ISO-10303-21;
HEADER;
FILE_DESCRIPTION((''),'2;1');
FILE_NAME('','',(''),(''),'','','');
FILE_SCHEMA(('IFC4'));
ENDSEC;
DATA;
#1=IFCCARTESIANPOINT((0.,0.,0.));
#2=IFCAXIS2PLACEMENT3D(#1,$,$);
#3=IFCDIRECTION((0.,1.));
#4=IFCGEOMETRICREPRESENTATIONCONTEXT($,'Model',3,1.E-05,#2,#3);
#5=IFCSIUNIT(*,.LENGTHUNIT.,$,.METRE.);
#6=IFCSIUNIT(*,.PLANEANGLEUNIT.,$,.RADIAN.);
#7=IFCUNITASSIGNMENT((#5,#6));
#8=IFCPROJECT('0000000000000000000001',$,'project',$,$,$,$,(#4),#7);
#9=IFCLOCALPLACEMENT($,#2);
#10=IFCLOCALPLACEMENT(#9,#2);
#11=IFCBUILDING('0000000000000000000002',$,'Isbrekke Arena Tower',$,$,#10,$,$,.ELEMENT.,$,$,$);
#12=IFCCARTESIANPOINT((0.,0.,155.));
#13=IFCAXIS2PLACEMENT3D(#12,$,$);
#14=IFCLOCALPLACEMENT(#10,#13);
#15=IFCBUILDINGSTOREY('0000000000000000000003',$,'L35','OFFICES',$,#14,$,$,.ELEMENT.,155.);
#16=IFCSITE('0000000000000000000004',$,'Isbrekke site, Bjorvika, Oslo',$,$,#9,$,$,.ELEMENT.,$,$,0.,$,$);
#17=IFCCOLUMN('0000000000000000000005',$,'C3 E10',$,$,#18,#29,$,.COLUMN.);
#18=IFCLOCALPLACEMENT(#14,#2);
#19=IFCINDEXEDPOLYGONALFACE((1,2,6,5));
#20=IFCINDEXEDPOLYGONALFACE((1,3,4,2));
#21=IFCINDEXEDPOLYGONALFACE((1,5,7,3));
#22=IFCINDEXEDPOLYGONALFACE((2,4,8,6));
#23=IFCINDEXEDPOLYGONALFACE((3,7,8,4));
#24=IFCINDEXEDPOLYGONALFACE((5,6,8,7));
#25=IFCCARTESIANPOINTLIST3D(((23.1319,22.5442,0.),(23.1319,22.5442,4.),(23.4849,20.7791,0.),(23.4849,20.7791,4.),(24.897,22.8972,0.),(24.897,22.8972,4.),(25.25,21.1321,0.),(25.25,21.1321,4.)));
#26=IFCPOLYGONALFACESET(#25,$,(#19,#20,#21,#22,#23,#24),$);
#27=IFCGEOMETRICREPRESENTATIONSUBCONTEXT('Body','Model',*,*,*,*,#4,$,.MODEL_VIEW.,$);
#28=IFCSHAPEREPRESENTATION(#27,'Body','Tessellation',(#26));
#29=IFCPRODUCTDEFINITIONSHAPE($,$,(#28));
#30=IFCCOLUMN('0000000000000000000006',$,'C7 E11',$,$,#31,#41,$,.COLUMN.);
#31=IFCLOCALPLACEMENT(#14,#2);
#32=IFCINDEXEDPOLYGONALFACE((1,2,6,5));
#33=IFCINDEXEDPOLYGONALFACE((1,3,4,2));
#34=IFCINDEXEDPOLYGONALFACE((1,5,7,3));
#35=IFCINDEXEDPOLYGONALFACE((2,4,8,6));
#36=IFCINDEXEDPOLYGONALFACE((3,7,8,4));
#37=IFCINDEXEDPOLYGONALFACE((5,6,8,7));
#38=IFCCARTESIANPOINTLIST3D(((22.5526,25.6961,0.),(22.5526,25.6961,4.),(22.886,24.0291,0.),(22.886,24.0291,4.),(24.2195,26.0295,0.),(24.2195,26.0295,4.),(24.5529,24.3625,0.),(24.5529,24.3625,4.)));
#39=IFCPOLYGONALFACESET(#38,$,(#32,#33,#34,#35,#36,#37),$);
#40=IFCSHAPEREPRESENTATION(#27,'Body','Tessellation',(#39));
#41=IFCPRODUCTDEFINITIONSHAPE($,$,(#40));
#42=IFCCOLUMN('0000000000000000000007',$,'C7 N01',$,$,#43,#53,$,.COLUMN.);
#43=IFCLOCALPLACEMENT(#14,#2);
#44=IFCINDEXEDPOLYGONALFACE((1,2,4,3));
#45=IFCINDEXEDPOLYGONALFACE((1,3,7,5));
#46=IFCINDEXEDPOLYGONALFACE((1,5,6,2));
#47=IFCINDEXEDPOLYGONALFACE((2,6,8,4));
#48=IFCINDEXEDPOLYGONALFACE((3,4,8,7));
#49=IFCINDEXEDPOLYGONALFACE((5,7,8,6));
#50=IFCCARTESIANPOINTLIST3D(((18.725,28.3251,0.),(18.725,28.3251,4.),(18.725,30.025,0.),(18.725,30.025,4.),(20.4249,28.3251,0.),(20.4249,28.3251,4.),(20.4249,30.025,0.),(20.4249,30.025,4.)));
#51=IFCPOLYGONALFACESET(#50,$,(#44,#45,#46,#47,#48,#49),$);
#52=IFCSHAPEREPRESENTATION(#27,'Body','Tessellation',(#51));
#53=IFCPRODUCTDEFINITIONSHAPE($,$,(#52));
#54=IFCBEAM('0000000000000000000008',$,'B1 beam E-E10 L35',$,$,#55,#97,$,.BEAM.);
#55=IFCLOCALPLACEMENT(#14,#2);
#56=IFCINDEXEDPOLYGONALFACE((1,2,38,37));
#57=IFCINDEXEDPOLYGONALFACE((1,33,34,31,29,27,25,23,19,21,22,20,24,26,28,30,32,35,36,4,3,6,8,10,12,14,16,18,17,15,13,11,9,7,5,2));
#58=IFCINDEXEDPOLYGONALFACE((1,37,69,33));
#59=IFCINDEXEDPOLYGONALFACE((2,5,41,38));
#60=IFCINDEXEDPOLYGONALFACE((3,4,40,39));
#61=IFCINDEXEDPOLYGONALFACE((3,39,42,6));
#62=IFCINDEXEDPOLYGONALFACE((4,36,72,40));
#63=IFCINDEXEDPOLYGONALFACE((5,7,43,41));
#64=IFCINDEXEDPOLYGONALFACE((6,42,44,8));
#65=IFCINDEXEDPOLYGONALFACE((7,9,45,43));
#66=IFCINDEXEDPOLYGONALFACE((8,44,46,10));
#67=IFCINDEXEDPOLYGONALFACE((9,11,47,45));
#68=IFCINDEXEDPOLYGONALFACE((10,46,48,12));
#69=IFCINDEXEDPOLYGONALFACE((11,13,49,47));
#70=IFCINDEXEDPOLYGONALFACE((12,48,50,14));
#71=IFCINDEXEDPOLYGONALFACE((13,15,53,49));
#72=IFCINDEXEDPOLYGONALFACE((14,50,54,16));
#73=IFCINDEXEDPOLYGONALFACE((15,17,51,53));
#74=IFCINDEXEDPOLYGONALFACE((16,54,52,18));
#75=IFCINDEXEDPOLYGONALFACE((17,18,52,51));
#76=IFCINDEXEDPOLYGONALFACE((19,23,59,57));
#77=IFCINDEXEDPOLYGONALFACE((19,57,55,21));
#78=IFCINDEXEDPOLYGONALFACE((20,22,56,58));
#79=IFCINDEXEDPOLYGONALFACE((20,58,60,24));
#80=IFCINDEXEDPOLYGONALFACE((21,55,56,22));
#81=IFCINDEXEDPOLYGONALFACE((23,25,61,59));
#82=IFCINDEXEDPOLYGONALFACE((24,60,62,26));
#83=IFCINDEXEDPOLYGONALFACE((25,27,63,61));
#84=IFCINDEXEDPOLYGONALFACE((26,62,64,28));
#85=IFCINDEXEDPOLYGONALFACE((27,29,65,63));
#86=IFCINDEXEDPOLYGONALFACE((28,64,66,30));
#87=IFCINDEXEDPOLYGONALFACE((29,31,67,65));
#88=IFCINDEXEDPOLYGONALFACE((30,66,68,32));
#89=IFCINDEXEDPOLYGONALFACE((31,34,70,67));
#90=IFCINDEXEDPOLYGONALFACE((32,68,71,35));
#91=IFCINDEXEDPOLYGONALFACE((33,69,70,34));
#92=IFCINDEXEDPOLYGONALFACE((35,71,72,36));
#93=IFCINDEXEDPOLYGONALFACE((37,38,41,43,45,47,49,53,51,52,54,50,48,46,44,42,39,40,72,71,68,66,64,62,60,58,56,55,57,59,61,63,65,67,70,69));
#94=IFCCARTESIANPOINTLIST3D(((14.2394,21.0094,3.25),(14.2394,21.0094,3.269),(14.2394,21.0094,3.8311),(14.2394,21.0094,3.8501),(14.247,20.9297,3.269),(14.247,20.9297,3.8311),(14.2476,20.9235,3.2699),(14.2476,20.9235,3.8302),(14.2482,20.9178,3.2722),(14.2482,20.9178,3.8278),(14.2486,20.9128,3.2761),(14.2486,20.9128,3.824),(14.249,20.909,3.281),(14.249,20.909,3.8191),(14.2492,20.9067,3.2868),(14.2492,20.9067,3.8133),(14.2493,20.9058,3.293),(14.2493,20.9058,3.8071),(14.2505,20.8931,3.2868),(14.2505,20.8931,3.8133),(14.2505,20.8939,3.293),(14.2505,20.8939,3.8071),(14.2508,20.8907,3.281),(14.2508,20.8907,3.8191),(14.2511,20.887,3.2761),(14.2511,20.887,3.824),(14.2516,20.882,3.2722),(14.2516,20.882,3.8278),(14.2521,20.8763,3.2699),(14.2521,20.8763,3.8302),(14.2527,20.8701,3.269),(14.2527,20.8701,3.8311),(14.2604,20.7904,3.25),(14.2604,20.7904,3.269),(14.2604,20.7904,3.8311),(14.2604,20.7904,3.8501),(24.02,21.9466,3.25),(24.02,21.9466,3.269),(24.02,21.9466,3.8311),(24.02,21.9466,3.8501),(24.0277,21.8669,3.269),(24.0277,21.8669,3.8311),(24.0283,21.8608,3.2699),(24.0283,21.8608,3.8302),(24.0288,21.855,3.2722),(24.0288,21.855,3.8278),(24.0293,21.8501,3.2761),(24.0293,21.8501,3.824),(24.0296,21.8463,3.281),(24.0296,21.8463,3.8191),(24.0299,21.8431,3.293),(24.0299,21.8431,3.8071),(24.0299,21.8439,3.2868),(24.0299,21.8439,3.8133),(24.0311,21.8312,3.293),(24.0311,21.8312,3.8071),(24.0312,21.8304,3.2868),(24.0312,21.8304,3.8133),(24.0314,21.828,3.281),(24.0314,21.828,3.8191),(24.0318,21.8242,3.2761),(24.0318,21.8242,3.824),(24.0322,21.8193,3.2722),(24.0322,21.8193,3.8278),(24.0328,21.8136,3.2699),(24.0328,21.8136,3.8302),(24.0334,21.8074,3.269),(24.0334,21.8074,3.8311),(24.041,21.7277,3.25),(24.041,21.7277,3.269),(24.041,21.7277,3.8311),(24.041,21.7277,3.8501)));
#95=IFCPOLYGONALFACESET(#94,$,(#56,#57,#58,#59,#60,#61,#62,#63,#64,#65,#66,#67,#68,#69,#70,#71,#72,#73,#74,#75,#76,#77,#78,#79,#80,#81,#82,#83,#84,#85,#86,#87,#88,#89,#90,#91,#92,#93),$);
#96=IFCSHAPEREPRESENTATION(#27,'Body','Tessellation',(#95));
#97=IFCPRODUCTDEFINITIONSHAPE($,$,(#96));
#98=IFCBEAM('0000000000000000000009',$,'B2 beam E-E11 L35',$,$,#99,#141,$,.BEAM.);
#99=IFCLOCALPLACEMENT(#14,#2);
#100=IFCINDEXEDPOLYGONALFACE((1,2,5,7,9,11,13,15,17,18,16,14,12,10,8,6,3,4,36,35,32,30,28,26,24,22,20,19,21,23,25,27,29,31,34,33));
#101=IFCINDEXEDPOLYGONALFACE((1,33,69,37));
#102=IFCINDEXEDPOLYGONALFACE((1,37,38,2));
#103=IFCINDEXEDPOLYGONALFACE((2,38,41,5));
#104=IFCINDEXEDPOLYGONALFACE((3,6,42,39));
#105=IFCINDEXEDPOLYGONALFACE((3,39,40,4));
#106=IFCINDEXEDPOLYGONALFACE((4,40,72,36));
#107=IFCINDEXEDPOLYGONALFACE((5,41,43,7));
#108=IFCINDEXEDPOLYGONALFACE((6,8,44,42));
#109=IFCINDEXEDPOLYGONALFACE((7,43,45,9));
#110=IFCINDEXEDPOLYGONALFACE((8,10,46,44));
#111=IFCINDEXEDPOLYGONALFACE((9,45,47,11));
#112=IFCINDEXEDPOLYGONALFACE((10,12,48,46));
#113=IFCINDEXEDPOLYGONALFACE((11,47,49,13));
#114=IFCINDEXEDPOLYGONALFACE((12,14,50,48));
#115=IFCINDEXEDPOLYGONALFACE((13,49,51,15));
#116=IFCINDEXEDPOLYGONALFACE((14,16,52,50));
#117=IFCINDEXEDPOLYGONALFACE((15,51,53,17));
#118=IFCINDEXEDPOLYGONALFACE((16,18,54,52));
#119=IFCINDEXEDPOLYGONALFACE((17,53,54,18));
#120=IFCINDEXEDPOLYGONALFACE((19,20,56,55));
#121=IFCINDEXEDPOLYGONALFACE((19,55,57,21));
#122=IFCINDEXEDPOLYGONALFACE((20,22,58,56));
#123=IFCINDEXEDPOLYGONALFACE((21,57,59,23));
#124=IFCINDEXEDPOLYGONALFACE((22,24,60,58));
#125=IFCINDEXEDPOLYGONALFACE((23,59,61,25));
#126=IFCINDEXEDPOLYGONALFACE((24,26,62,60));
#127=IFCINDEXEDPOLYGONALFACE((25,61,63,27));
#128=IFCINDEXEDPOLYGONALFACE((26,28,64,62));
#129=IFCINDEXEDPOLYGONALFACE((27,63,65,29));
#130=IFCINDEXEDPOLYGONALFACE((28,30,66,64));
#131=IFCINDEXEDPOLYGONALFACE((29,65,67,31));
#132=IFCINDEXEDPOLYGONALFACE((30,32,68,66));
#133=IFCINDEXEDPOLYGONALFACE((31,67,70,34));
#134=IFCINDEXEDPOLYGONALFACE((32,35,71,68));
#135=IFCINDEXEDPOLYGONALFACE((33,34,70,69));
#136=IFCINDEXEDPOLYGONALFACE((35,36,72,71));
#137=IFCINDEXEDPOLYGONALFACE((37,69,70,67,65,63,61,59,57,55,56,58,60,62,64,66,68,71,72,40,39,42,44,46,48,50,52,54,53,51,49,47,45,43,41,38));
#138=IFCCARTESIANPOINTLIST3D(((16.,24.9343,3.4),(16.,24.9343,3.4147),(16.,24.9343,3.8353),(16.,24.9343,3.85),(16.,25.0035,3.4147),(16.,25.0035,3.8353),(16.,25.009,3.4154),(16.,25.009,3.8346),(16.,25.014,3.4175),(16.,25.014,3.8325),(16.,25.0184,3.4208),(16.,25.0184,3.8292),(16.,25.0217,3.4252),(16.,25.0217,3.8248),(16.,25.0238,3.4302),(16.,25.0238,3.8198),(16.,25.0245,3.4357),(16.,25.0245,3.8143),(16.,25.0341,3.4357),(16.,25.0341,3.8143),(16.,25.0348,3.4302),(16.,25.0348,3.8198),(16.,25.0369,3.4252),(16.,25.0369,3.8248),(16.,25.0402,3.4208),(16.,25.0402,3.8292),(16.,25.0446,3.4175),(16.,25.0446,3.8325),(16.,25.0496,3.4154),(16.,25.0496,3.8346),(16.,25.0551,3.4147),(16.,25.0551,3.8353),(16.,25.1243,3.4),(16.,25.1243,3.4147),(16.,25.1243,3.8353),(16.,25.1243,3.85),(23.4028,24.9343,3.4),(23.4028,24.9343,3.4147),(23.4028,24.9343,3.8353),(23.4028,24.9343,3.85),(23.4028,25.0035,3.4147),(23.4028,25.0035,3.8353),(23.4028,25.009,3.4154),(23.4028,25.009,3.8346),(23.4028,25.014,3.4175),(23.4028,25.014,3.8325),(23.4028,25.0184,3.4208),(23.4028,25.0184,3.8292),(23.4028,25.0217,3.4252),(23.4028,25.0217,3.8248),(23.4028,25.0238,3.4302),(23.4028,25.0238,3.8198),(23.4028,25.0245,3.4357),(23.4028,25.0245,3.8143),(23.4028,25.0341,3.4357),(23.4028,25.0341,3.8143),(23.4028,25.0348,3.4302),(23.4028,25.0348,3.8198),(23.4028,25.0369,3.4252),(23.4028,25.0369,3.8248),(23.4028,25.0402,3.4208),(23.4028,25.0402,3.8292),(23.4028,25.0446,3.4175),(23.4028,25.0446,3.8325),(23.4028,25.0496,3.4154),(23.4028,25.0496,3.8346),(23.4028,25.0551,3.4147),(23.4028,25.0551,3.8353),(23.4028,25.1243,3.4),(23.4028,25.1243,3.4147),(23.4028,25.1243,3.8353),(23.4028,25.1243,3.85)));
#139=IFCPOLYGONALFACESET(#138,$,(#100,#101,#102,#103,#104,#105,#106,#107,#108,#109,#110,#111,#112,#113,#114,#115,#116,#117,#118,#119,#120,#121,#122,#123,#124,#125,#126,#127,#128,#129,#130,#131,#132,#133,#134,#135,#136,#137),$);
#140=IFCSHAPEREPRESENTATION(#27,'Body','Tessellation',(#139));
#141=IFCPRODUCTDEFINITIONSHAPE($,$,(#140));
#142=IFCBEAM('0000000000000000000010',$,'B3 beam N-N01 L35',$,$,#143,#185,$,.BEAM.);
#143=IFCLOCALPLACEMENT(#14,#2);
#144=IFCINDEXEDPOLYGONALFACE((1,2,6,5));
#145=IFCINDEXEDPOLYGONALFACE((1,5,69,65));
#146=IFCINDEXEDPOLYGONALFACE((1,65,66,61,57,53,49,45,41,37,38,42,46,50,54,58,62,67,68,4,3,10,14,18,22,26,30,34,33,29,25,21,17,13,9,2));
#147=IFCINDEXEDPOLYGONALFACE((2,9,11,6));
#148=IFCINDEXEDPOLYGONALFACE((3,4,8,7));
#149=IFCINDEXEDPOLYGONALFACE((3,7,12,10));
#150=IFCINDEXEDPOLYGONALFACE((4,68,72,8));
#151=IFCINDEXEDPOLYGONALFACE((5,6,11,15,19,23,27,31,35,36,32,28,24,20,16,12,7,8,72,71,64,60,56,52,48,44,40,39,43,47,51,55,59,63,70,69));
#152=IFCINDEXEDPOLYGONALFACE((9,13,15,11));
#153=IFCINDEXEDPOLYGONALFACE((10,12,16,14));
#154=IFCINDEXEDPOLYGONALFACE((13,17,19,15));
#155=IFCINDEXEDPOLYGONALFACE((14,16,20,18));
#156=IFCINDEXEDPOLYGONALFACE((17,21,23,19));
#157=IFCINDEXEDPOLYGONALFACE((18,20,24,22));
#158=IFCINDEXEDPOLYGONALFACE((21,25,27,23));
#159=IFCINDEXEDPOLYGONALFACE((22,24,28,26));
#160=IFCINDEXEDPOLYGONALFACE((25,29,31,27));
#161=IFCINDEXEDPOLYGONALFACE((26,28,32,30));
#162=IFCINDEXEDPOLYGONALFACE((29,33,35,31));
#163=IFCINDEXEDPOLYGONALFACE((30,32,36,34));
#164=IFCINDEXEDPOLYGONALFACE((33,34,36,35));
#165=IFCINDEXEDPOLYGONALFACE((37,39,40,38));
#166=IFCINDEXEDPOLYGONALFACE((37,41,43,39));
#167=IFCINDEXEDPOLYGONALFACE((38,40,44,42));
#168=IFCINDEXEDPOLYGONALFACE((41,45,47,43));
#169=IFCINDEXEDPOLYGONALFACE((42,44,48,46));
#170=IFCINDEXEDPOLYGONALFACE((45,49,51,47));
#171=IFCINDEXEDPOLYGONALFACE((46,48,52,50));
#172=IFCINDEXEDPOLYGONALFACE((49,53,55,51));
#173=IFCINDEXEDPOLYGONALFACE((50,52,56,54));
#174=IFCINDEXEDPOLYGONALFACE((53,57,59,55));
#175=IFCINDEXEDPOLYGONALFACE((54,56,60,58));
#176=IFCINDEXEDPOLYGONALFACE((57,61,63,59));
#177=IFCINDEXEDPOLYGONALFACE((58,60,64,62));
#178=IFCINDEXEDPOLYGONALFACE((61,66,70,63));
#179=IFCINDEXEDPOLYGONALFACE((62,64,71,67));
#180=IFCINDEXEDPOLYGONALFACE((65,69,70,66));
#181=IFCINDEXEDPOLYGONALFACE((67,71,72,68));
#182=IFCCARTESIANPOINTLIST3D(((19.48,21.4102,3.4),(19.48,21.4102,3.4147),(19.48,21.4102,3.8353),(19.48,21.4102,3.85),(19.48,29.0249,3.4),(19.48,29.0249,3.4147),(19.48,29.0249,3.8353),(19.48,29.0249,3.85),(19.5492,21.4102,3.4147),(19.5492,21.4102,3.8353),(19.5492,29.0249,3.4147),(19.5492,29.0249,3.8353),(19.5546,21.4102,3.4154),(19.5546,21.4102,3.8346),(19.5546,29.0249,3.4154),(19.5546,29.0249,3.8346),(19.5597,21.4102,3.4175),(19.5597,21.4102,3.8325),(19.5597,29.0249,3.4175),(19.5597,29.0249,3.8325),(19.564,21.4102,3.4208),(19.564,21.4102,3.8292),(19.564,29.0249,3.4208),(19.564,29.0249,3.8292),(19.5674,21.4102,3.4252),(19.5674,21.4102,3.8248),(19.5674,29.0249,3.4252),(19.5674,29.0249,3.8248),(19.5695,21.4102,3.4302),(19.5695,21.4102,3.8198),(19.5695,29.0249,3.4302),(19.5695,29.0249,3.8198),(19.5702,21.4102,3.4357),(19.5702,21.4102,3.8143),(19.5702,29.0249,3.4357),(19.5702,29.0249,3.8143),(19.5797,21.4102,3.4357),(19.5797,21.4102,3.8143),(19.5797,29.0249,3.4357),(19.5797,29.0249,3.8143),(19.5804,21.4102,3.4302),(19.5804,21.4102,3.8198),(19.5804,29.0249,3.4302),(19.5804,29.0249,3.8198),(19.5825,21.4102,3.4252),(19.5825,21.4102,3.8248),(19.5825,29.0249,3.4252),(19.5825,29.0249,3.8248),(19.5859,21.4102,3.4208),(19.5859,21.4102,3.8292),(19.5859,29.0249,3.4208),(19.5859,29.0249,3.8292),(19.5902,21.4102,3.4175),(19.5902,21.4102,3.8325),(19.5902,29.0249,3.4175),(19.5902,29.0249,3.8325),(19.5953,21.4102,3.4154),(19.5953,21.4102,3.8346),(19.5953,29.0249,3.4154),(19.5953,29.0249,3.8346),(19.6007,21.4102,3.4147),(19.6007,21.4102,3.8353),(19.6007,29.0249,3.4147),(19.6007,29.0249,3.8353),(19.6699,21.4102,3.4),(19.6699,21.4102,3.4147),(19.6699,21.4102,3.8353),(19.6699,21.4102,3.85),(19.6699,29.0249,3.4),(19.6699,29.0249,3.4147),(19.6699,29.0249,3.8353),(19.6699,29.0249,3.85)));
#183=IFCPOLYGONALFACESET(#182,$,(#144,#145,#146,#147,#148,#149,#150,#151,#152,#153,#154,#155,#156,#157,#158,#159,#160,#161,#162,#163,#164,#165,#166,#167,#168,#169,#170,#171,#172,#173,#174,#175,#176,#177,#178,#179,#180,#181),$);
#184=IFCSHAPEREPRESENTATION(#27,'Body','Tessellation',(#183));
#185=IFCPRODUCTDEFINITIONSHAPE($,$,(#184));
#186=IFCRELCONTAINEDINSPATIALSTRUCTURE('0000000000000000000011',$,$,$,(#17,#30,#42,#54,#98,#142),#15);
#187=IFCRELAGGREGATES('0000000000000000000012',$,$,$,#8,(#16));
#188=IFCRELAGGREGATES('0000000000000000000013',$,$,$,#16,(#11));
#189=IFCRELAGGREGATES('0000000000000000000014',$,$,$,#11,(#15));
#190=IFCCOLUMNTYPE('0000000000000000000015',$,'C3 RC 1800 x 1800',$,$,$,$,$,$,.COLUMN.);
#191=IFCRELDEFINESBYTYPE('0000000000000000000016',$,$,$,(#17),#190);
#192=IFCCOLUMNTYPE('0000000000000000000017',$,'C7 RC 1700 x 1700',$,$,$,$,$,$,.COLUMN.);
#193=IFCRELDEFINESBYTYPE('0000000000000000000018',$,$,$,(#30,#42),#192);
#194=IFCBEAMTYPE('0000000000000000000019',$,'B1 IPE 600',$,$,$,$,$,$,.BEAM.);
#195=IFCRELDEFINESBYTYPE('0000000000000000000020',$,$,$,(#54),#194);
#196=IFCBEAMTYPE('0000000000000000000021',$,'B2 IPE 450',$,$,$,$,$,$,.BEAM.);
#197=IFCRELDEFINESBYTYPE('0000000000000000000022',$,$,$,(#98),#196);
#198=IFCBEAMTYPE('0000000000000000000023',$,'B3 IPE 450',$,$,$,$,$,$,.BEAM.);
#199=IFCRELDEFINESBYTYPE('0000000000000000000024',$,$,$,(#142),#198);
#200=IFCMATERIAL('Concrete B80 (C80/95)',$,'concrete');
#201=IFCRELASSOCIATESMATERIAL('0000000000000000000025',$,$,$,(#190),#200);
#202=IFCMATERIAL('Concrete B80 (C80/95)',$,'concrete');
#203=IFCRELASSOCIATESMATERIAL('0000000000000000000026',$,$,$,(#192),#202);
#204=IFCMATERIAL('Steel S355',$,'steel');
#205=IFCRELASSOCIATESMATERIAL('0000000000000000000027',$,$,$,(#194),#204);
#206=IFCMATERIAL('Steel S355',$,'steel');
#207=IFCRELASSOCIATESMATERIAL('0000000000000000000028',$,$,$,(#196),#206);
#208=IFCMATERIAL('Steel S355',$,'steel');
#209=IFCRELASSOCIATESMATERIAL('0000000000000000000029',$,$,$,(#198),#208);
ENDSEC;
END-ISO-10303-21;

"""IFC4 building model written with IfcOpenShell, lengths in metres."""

from ifc_helpers import new_model, si_unit, direction, frame, origin, origin_2d, place, context, subcontext, project, spatial, rectangle, i_section, extrude, material, material_profile, profile_set, type_object, element, save


model = new_model("IFC4")

# Units and contexts
model_context = context("Model", 3, precision=1e-05, world=origin(), true_north=direction((0.0, 1.0)))
body_context = subcontext(model_context, "Body", "Model", "MODEL_VIEW")
ifc_project = project(units=[si_unit("LENGTHUNIT", "METRE"), si_unit("PLANEANGLEUNIT", "RADIAN")], contexts=[model_context])

# Site, building, storey
site_placement = place(None, origin())
site = spatial("IfcSite", under=ifc_project, at=site_placement, Name="Isbrekke site, Bjorvika, Oslo", CompositionType="ELEMENT", RefElevation=0.0)
building_placement = place(site_placement, origin())
building = spatial("IfcBuilding", under=site, at=building_placement, Name="Isbrekke Arena Tower", CompositionType="ELEMENT")
storey_placement = place(building_placement, frame((0.0, 0.0, 155.0)))
storey = spatial("IfcBuildingStorey", under=building, at=storey_placement, Name="L35", Description="OFFICES", CompositionType="ELEMENT", Elevation=155.0)

# Columns
ifc_material_1 = material(Name="Concrete B80 (C80/95)", Category="concrete")
ifc_material_profile_1 = material_profile(ifc_material_1, rectangle(XDim=1.8, YDim=1.8, at=origin_2d()), Name="RC 1800x1800")
ifc_profile_set_1 = profile_set([ifc_material_profile_1], Name="Concrete B80 (C80/95)")
column_type_1 = type_object("IfcColumnType", Name="C3 RC 1800 x 1800", PredefinedType="COLUMN", material=ifc_profile_set_1)
column_placement = place(storey_placement, frame((24.1909, 21.8381, 0.0), z_axis=(0.0, 0.0, 1.0), x_axis=(-0.196116, 0.980581, 0.0)))
element("IfcColumn", 1, at=column_placement, inside=storey, type_object=column_type_1, Name="C3 E10", PredefinedType="COLUMN", context=body_context, shape_type="SweptSolid", body=[
    extrude(rectangle(XDim=1.8, YDim=1.8, at=origin_2d()), origin(), (0.0, 0.0, 1.0), 4.0),
])
ifc_material_2 = material(Name="Concrete B80 (C80/95)", Category="concrete")
ifc_material_profile_2 = material_profile(ifc_material_2, rectangle(XDim=1.7, YDim=1.7, at=origin_2d()), Name="RC 1700x1700")
ifc_profile_set_2 = profile_set([ifc_material_profile_2], Name="Concrete B80 (C80/95)")
column_type_2 = type_object("IfcColumnType", Name="C7 RC 1700 x 1700", PredefinedType="COLUMN", material=ifc_profile_set_2)
for number, where, z_axis, x_axis, name in (
    (2, (23.5527, 25.0293, 0.0), (0.0, 0.0, 1.0), (-0.196116, 0.980581, 0.0), "C7 E11"),
    (3, (19.575, 29.175, 0.0), (0.0, 0.0, 1.0), (-1.0, 0.0, 0.0), "C7 N01"),
):
    element("IfcColumn", number, at=place(storey_placement, frame(where, z_axis=z_axis, x_axis=x_axis)), inside=storey, type_object=column_type_2, Name=name, PredefinedType="COLUMN", context=body_context, shape_type="SweptSolid", body=[
        extrude(rectangle(XDim=1.7, YDim=1.7, at=origin_2d()), origin(), (0.0, 0.0, 1.0), 4.0),
    ])

# Beams
ifc_material_3 = material(Name="Steel S355", Category="steel")
ifc_material_profile_3 = material_profile(ifc_material_3, i_section(OverallWidth=0.22, OverallDepth=0.6001, WebThickness=0.012, FlangeThickness=0.019, FilletRadius=0.0239, at=origin_2d()), Name="IPE 600")
ifc_profile_set_3 = profile_set([ifc_material_profile_3], Name="Steel S355")
beam_type_1 = type_object("IfcBeamType", Name="B1 IPE 600", PredefinedType="BEAM", material=ifc_profile_set_3)
beam_1_placement = place(storey_placement, frame((24.0305, 21.8372, 3.55), z_axis=(-0.99544, -0.095392, 0.0), x_axis=(0.095392, -0.99544, 0.0)))
element("IfcBeam", 4, at=beam_1_placement, inside=storey, type_object=beam_type_1, Name="B1 beam E-E10 L35", PredefinedType="BEAM", context=body_context, shape_type="SweptSolid", body=[
    extrude(i_section(OverallWidth=0.22, OverallDepth=0.6001, WebThickness=0.012, FlangeThickness=0.019, FilletRadius=0.0239, at=origin_2d()), origin(), (0.0, 0.0, 1.0), 9.8254),
])
ifc_material_4 = material(Name="Steel S355", Category="steel")
ifc_material_profile_4 = material_profile(ifc_material_4, i_section(OverallWidth=0.1899, OverallDepth=0.45, WebThickness=0.0095, FlangeThickness=0.0146, FilletRadius=0.021, at=origin_2d()), Name="IPE 450")
ifc_profile_set_4 = profile_set([ifc_material_profile_4], Name="Steel S355")
beam_type_2 = type_object("IfcBeamType", Name="B2 IPE 450", PredefinedType="BEAM", material=ifc_profile_set_4)
beam_2_placement = place(storey_placement, frame((23.4028, 25.0293, 3.625), z_axis=(-1.0, 0.0, 0.0), x_axis=(0.0, -1.0, 0.0)))
element("IfcBeam", 5, at=beam_2_placement, inside=storey, type_object=beam_type_2, Name="B2 beam E-E11 L35", PredefinedType="BEAM", context=body_context, shape_type="SweptSolid", body=[
    extrude(i_section(OverallWidth=0.1899, OverallDepth=0.45, WebThickness=0.0095, FlangeThickness=0.0146, FilletRadius=0.021, at=origin_2d()), origin(), (0.0, 0.0, 1.0), 7.4028),
])
ifc_material_5 = material(Name="Steel S355", Category="steel")
ifc_material_profile_5 = material_profile(ifc_material_5, i_section(OverallWidth=0.1899, OverallDepth=0.45, WebThickness=0.0095, FlangeThickness=0.0146, FilletRadius=0.021, at=origin_2d()), Name="IPE 450")
ifc_profile_set_5 = profile_set([ifc_material_profile_5], Name="Steel S355")
beam_type_3 = type_object("IfcBeamType", Name="B3 IPE 450", PredefinedType="BEAM", material=ifc_profile_set_5)
beam_3_placement = place(storey_placement, frame((19.575, 29.0249, 3.625), z_axis=(0.0, -1.0, 0.0), x_axis=(1.0, 0.0, 0.0)))
element("IfcBeam", 6, at=beam_3_placement, inside=storey, type_object=beam_type_3, Name="B3 beam N-N01 L35", PredefinedType="BEAM", context=body_context, shape_type="SweptSolid", body=[
    extrude(i_section(OverallWidth=0.1899, OverallDepth=0.45, WebThickness=0.0095, FlangeThickness=0.0146, FilletRadius=0.021, at=origin_2d()), origin(), (0.0, 0.0, 1.0), 7.6147),
])

save(model, "model.ifc")
